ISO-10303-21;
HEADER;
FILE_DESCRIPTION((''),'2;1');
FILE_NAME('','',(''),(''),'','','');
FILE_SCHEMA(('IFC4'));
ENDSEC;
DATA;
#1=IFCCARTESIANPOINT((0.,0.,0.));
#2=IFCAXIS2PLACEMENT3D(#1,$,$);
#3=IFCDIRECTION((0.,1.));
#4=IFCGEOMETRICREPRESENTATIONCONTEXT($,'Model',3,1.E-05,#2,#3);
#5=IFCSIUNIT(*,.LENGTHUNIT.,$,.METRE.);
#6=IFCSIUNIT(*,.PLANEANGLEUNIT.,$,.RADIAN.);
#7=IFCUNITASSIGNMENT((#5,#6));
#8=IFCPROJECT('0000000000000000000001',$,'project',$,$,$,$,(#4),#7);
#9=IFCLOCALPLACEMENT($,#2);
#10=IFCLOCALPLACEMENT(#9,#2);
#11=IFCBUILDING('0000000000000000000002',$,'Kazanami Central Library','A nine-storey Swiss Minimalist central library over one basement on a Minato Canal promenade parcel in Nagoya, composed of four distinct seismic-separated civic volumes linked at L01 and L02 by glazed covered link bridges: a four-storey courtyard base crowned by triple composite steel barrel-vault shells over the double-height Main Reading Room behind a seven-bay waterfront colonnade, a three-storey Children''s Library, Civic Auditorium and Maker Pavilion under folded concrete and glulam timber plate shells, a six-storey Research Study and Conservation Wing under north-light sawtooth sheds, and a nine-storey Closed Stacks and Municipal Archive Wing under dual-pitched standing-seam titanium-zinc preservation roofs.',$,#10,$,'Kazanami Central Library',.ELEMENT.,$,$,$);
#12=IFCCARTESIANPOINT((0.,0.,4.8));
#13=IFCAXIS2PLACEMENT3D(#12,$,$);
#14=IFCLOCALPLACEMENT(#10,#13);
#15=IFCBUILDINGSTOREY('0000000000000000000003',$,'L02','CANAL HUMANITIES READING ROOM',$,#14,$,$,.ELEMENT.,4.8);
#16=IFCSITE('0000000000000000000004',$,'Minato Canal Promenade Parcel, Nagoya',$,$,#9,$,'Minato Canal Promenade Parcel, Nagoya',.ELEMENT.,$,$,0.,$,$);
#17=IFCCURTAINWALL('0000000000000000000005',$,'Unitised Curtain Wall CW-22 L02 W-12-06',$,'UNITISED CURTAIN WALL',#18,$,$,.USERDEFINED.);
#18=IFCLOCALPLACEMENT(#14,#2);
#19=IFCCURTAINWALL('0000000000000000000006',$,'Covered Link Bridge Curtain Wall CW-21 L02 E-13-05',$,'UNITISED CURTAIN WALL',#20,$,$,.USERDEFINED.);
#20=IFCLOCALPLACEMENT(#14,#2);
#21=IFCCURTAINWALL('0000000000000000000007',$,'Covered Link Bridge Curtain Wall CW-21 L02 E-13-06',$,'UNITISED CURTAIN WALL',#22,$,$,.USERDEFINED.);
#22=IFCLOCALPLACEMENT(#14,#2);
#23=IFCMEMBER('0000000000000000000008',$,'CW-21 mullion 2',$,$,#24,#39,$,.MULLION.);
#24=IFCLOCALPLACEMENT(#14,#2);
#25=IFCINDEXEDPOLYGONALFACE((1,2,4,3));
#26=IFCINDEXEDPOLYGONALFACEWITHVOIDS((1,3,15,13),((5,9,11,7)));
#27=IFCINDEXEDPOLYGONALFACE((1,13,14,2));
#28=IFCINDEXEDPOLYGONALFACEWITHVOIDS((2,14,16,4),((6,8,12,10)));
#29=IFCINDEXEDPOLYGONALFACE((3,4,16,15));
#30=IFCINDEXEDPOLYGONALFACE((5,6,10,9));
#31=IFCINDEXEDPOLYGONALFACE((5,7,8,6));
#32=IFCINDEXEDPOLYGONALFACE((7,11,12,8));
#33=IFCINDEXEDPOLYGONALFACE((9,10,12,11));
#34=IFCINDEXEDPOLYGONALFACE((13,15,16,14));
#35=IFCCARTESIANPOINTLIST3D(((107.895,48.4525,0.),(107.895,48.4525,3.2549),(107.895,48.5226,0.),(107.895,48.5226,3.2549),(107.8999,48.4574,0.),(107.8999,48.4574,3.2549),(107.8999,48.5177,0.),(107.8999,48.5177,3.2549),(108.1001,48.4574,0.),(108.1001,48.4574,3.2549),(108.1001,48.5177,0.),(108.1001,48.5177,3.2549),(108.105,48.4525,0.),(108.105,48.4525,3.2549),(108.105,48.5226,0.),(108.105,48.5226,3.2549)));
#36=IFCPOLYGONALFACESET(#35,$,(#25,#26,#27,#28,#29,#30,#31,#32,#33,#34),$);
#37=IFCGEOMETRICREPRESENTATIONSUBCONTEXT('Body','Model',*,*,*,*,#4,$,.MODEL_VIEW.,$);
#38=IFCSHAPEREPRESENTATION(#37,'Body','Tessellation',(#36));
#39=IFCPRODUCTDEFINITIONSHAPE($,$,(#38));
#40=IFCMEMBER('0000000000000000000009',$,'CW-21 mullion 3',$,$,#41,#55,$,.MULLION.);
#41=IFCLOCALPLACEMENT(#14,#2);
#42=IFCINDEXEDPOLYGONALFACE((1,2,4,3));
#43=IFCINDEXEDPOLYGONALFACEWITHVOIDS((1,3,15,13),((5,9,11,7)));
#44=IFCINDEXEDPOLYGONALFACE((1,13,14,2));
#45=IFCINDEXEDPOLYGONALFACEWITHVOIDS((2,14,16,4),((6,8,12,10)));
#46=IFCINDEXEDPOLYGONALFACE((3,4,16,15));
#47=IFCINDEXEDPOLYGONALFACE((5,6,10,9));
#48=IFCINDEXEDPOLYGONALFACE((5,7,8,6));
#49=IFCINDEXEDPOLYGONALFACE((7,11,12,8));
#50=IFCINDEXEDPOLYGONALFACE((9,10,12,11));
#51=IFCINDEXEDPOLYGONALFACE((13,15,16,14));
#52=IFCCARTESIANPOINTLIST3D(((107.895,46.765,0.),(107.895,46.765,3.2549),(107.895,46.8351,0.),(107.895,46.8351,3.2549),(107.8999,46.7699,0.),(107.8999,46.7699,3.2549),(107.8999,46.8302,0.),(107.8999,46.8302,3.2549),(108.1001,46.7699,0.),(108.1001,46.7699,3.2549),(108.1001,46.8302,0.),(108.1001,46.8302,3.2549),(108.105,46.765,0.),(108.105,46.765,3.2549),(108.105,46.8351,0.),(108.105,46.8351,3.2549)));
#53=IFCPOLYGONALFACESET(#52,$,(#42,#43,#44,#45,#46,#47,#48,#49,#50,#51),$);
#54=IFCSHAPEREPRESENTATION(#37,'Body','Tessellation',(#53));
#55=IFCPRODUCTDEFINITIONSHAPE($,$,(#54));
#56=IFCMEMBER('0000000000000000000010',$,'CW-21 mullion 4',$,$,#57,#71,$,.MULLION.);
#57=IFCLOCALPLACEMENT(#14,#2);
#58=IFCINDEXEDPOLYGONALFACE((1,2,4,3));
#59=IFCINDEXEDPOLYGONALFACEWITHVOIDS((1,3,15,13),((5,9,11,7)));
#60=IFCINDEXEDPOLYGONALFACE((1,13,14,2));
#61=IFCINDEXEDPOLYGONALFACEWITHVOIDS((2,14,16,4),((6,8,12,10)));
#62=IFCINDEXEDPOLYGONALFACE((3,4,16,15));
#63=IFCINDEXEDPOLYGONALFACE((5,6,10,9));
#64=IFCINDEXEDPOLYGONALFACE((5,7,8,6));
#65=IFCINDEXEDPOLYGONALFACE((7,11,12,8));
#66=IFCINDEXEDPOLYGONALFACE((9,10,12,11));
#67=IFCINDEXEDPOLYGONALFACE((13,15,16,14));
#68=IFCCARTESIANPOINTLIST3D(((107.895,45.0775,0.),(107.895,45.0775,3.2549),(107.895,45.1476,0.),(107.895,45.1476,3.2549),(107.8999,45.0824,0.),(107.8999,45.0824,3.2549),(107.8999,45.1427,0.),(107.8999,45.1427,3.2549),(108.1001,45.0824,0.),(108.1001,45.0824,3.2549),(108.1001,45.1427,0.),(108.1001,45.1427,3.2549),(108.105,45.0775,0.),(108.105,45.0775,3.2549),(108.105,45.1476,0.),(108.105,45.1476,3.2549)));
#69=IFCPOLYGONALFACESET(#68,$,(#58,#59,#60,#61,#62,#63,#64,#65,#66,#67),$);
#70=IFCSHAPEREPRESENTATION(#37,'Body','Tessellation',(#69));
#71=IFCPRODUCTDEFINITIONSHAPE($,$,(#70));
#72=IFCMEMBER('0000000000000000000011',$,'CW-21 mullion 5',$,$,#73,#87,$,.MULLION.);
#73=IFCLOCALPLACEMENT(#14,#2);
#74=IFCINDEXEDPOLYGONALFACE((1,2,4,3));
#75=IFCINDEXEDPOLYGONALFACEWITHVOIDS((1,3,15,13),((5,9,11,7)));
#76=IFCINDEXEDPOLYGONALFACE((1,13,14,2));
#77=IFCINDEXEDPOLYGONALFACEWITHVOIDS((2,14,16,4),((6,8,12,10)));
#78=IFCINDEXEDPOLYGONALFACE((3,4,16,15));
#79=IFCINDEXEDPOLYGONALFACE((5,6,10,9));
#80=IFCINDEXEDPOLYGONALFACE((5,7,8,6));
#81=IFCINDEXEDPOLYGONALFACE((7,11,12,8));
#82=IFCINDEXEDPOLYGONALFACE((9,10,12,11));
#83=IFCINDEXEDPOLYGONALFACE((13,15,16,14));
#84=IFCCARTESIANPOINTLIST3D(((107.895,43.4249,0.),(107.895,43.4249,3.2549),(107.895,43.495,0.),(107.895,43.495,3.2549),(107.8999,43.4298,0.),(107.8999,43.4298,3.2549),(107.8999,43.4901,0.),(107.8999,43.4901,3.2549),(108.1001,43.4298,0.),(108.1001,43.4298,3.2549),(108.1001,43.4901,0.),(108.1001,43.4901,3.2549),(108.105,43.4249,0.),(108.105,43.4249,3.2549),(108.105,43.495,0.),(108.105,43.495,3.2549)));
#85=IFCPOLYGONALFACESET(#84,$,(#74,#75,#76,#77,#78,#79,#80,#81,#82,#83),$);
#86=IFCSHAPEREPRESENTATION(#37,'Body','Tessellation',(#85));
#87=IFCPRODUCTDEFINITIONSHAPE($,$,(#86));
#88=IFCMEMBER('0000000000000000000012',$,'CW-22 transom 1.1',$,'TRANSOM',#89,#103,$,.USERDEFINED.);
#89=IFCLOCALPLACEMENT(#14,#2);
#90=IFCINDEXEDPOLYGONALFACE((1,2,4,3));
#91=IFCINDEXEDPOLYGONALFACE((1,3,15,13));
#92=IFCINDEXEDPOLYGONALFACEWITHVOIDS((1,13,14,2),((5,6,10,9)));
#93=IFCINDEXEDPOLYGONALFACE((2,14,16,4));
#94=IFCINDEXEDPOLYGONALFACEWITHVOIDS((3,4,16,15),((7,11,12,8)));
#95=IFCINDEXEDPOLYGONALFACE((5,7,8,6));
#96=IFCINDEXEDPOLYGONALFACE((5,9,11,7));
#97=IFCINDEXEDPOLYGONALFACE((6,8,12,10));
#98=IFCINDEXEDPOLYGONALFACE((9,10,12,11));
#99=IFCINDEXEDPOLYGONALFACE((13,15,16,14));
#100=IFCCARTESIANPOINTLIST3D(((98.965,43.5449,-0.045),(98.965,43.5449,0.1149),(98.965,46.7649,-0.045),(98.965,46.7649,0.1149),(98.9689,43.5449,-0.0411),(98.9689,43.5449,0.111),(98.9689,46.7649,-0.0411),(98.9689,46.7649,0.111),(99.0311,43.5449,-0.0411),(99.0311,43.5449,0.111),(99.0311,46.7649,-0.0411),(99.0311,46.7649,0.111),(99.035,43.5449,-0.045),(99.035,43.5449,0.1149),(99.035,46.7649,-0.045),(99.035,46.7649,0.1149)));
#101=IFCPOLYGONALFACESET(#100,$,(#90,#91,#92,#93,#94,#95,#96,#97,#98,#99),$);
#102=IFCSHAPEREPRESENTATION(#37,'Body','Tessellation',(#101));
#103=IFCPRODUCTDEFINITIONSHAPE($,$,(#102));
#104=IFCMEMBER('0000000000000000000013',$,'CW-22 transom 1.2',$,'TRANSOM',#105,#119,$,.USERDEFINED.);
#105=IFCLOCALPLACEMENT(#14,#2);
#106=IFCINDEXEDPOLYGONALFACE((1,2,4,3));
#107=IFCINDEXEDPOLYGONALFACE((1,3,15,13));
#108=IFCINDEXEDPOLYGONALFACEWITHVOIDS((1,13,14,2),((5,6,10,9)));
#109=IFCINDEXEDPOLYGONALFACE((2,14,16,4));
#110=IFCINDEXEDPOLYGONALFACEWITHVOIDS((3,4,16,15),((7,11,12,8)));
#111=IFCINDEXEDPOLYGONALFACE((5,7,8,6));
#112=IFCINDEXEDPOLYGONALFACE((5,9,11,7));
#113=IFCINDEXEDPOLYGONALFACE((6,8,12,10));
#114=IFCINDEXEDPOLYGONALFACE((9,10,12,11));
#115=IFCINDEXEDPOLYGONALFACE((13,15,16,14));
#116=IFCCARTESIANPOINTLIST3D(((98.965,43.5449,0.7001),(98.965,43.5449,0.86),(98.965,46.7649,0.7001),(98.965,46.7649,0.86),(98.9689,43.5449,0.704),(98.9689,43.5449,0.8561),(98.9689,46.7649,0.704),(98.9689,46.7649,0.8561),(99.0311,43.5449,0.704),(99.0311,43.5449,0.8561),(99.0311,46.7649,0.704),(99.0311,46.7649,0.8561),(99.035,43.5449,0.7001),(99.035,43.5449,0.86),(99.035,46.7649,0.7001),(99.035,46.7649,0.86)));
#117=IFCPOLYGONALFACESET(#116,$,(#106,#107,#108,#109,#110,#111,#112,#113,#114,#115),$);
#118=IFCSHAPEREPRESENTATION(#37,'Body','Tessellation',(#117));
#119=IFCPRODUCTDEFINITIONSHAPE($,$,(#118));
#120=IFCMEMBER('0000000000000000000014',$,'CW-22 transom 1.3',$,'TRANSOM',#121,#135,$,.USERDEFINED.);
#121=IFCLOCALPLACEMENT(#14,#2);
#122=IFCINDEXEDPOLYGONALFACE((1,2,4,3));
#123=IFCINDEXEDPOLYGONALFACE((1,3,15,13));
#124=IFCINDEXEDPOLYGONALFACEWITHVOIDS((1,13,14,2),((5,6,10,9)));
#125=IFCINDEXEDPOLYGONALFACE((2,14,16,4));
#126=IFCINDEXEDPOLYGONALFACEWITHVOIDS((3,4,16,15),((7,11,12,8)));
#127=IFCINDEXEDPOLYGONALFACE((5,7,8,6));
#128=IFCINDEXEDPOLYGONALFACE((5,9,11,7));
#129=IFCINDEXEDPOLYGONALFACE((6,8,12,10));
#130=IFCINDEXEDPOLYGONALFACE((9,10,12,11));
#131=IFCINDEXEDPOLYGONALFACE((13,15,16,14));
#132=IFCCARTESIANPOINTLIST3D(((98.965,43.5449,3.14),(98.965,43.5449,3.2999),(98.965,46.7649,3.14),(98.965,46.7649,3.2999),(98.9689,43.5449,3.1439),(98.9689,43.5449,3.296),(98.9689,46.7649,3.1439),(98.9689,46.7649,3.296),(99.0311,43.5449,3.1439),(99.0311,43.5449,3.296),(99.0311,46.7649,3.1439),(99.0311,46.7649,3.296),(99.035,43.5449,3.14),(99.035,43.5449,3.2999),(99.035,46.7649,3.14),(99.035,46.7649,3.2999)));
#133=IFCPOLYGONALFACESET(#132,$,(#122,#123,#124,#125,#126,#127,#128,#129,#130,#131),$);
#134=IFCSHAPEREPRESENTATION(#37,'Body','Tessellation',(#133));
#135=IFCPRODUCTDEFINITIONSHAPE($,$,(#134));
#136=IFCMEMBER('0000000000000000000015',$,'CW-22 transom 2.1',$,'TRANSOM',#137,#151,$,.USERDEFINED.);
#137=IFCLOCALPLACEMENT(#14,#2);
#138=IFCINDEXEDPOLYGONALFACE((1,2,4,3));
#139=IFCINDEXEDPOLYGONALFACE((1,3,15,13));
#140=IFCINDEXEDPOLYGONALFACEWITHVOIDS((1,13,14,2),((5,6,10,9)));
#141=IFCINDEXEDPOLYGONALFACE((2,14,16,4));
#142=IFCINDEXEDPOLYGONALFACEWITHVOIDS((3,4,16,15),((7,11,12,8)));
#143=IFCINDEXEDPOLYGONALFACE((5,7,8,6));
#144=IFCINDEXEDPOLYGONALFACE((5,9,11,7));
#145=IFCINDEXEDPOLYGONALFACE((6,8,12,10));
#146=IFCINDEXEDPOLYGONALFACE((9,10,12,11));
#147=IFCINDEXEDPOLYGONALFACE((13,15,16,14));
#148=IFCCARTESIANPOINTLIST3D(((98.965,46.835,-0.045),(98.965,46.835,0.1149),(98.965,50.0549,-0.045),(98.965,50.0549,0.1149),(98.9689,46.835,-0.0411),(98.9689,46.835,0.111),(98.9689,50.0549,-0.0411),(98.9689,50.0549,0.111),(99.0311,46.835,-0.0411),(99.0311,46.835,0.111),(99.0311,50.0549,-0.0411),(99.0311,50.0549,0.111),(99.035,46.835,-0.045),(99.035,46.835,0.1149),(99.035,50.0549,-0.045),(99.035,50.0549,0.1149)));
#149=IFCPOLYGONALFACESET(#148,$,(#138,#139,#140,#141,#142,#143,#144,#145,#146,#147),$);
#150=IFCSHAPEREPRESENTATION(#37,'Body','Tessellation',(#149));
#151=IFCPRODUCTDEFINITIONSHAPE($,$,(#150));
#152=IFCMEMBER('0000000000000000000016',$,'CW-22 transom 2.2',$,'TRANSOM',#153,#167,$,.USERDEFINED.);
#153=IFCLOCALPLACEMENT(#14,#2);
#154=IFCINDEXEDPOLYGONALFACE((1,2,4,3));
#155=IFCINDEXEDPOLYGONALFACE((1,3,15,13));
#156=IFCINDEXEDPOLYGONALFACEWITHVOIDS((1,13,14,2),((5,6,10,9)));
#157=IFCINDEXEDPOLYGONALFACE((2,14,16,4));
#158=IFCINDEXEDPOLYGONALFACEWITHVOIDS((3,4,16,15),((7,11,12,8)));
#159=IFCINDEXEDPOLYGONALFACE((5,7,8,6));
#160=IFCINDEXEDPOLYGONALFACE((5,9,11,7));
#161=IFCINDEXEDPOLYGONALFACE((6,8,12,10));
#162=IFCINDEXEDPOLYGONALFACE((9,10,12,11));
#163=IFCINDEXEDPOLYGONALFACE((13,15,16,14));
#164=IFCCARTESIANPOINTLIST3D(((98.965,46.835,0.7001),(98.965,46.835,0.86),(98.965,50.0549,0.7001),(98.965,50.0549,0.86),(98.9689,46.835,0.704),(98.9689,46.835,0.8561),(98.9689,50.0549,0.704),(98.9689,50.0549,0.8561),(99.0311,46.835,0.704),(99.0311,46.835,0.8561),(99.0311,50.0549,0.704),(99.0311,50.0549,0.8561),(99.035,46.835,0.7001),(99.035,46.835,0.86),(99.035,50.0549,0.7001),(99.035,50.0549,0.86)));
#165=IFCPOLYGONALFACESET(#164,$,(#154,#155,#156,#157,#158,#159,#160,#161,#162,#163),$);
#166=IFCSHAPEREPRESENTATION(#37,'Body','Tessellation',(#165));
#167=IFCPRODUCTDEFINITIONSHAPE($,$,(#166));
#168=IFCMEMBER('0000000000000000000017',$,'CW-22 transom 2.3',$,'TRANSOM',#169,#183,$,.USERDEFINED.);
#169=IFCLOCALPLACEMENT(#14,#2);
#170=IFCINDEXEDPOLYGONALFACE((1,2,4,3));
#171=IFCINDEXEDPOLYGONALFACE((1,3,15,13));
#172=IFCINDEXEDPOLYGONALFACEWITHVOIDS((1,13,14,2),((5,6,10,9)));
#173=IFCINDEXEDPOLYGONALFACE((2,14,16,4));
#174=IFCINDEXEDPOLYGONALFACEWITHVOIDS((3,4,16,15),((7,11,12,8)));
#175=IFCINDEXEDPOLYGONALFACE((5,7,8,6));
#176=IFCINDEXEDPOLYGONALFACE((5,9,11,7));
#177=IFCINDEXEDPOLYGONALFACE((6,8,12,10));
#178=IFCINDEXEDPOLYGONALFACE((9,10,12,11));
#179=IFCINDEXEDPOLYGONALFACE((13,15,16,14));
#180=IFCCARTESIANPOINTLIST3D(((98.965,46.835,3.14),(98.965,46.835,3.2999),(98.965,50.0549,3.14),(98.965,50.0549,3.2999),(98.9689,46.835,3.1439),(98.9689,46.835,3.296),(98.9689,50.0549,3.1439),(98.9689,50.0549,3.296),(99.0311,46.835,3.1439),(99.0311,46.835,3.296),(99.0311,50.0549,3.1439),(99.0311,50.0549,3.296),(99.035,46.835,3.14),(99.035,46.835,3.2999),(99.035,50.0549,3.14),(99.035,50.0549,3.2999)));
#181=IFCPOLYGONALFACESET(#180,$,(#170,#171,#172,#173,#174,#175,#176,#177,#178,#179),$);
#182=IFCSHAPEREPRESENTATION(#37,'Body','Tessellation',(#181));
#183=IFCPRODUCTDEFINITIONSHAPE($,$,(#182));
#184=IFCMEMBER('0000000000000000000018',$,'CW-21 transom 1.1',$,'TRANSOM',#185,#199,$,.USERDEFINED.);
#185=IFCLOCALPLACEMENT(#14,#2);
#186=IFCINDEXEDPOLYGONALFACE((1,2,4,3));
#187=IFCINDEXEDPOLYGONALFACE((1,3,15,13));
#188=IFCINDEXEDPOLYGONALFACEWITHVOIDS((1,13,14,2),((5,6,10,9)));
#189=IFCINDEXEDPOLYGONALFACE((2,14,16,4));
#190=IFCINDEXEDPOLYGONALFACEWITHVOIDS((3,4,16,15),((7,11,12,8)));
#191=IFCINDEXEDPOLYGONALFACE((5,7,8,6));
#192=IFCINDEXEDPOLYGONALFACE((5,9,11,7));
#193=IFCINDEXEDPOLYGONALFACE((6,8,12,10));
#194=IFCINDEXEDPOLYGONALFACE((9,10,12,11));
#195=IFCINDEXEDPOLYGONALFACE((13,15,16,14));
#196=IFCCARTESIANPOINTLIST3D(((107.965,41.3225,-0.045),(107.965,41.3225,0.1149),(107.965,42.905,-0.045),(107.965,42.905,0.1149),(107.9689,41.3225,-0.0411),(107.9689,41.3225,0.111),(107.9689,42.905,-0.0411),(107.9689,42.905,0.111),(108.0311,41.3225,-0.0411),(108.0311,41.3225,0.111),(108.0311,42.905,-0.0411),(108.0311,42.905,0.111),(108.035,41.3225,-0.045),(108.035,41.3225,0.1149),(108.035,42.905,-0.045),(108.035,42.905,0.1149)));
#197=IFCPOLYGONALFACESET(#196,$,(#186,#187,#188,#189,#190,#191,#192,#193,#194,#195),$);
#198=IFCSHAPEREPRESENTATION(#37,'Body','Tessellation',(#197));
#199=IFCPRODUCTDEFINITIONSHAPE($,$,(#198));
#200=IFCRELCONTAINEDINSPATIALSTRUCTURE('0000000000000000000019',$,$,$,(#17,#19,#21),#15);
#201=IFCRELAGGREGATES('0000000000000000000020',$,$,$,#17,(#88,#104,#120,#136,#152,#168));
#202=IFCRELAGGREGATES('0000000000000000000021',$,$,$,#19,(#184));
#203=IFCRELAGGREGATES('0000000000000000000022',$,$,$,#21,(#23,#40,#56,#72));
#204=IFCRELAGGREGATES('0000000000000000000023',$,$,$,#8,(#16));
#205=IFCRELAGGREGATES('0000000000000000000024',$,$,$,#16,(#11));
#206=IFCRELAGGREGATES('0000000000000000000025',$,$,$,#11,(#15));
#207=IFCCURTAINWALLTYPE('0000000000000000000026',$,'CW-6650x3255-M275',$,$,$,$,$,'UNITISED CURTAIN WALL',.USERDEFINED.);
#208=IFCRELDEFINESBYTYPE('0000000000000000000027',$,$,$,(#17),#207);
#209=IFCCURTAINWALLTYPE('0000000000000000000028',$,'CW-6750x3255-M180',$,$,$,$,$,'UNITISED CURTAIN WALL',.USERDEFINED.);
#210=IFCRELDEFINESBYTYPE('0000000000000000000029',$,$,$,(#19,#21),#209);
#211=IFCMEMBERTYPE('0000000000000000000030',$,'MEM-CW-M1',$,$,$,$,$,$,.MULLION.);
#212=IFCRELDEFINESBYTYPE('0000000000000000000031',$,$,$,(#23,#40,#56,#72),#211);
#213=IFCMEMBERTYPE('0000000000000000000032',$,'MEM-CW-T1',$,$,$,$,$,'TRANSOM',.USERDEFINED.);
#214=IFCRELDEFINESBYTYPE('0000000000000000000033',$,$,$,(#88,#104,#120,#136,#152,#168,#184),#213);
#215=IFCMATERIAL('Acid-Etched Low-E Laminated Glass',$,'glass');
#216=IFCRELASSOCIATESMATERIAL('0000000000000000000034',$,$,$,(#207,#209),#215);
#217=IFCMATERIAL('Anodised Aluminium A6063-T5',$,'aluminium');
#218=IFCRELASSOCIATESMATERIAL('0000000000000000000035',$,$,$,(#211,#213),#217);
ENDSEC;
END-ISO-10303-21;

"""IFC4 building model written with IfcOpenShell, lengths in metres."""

from ifc_helpers import new_model, si_unit, direction, frame, origin, origin_2d, place, context, subcontext, project, spatial, hollow_rectangle, extrude, material, material_profile, profile_set, type_object, element, aggregate, save


model = new_model("IFC4")

# Units and contexts
model_context = context("Model", 3, precision=1e-05, world=origin(), true_north=direction((0.0, 1.0)))
body_context = subcontext(model_context, "Body", "Model", "MODEL_VIEW")
ifc_project = project(units=[si_unit("LENGTHUNIT", "METRE"), si_unit("PLANEANGLEUNIT", "RADIAN")], contexts=[model_context])

# Site, building, storey
site_placement = place(None, origin())
site = spatial("IfcSite", under=ifc_project, at=site_placement, Name="Minato Canal Promenade Parcel, Nagoya", LongName="Minato Canal Promenade Parcel, Nagoya", CompositionType="ELEMENT", RefElevation=0.0)
building_placement = place(site_placement, origin())
building = spatial("IfcBuilding", under=site, at=building_placement, Name="Kazanami Central Library", Description="A nine-storey Swiss Minimalist central library over one basement on a Minato Canal promenade parcel in Nagoya, composed of four distinct seismic-separated civic volumes linked at L01 and L02 by glazed covered link bridges: a four-storey courtyard base crowned by triple composite steel barrel-vault shells over the double-height Main Reading Room behind a seven-bay waterfront colonnade, a three-storey Children's Library, Civic Auditorium and Maker Pavilion under folded concrete and glulam timber plate shells, a six-storey Research Study and Conservation Wing under north-light sawtooth sheds, and a nine-storey Closed Stacks and Municipal Archive Wing under dual-pitched standing-seam titanium-zinc preservation roofs.", LongName="Kazanami Central Library", CompositionType="ELEMENT")
storey_placement = place(building_placement, frame((0.0, 0.0, 4.8)))
storey = spatial("IfcBuildingStorey", under=building, at=storey_placement, Name="L02", Description="CANAL HUMANITIES READING ROOM", CompositionType="ELEMENT", Elevation=4.8)

# Curtain walls, members
ifc_material_1 = material(Name="Acid-Etched Low-E Laminated Glass", Category="glass")
curtain_wall_type_1 = type_object("IfcCurtainWallType", Name="CW-6650x3255-M275", ElementType="UNITISED CURTAIN WALL", PredefinedType="USERDEFINED", material=ifc_material_1)
curtain_wall_1_placement = place(storey_placement, origin())
curtain_wall_1 = element("IfcCurtainWall", 1, at=curtain_wall_1_placement, inside=storey, type_object=curtain_wall_type_1, Name="Unitised Curtain Wall CW-22 L02 W-12-06", ObjectType="UNITISED CURTAIN WALL", PredefinedType="USERDEFINED")
ifc_material_2 = material(Name="Anodised Aluminium A6063-T5", Category="aluminium")
ifc_material_profile_1 = material_profile(ifc_material_2, hollow_rectangle(XDim=0.0701, YDim=0.21, WallThickness=0.0049, at=origin_2d()), Name="ALU-MULL-70x210x5")
ifc_profile_set_1 = profile_set([ifc_material_profile_1], Name="Anodised Aluminium A6063-T5")
member_type_1 = type_object("IfcMemberType", Name="MEM-CW-M1", PredefinedType="MULLION", material=ifc_profile_set_1)
curtain_wall_type_2 = type_object("IfcCurtainWallType", Name="CW-6750x3255-M180", ElementType="UNITISED CURTAIN WALL", PredefinedType="USERDEFINED", material=ifc_material_1)
curtain_wall_2_placement = place(storey_placement, origin())
curtain_wall_2 = element("IfcCurtainWall", 2, at=curtain_wall_2_placement, inside=storey, type_object=curtain_wall_type_2, Name="Covered Link Bridge Curtain Wall CW-21 L02 E-13-05", ObjectType="UNITISED CURTAIN WALL", PredefinedType="USERDEFINED")
curtain_wall_3_placement = place(storey_placement, origin())
curtain_wall_3 = element("IfcCurtainWall", 3, at=curtain_wall_3_placement, inside=storey, type_object=curtain_wall_type_2, Name="Covered Link Bridge Curtain Wall CW-21 L02 E-13-06", ObjectType="UNITISED CURTAIN WALL", PredefinedType="USERDEFINED")
member_1_placement = place(storey_placement, frame((108.0, 48.4875, 0.0), z_axis=(0.0, 0.0, 1.0), x_axis=(0.0, -1.0, 0.0)))
member_1 = element("IfcMember", 4, at=member_1_placement, type_object=member_type_1, Name="CW-21 mullion 2", PredefinedType="MULLION", context=body_context, shape_type="SweptSolid", body=[
    extrude(hollow_rectangle(XDim=0.0701, YDim=0.21, WallThickness=0.0049, at=origin_2d()), origin(), (0.0, 0.0, 1.0), 3.2549),
])
member_2_placement = place(storey_placement, frame((108.0, 46.8, 0.0), z_axis=(0.0, 0.0, 1.0), x_axis=(0.0, -1.0, 0.0)))
member_2 = element("IfcMember", 5, at=member_2_placement, type_object=member_type_1, Name="CW-21 mullion 3", PredefinedType="MULLION", context=body_context, shape_type="SweptSolid", body=[
    extrude(hollow_rectangle(XDim=0.0701, YDim=0.21, WallThickness=0.0049, at=origin_2d()), origin(), (0.0, 0.0, 1.0), 3.2549),
])
member_3_placement = place(storey_placement, frame((108.0, 45.1125, 0.0), z_axis=(0.0, 0.0, 1.0), x_axis=(0.0, -1.0, 0.0)))
member_3 = element("IfcMember", 6, at=member_3_placement, type_object=member_type_1, Name="CW-21 mullion 4", PredefinedType="MULLION", context=body_context, shape_type="SweptSolid", body=[
    extrude(hollow_rectangle(XDim=0.0701, YDim=0.21, WallThickness=0.0049, at=origin_2d()), origin(), (0.0, 0.0, 1.0), 3.2549),
])
member_4_placement = place(storey_placement, frame((108.0, 43.46, 0.0), z_axis=(0.0, 0.0, 1.0), x_axis=(0.0, -1.0, 0.0)))
member_4 = element("IfcMember", 7, at=member_4_placement, type_object=member_type_1, Name="CW-21 mullion 5", PredefinedType="MULLION", context=body_context, shape_type="SweptSolid", body=[
    extrude(hollow_rectangle(XDim=0.0701, YDim=0.21, WallThickness=0.0049, at=origin_2d()), origin(), (0.0, 0.0, 1.0), 3.2549),
])

# Members
ifc_material_profile_2 = material_profile(ifc_material_2, hollow_rectangle(XDim=0.0701, YDim=0.1599, WallThickness=0.0039, at=origin_2d()), Name="ALU-TRAN-70x160x4")
ifc_profile_set_2 = profile_set([ifc_material_profile_2], Name="Anodised Aluminium A6063-T5")
member_type_2 = type_object("IfcMemberType", Name="MEM-CW-T1", ElementType="TRANSOM", PredefinedType="USERDEFINED", material=ifc_profile_set_2)
member_5_placement = place(storey_placement, frame((99.0, 43.5449, 0.0349), z_axis=(0.0, 1.0, 0.0), x_axis=(-1.0, 0.0, 0.0)))
member_5 = element("IfcMember", 8, at=member_5_placement, type_object=member_type_2, Name="CW-22 transom 1.1", ObjectType="TRANSOM", PredefinedType="USERDEFINED", context=body_context, shape_type="SweptSolid", body=[
    extrude(hollow_rectangle(XDim=0.0701, YDim=0.1599, WallThickness=0.0039, at=origin_2d()), origin(), (0.0, 0.0, 1.0), 3.22),
])
member_6_placement = place(storey_placement, frame((99.0, 43.5449, 0.78), z_axis=(0.0, 1.0, 0.0), x_axis=(-1.0, 0.0, 0.0)))
member_6 = element("IfcMember", 9, at=member_6_placement, type_object=member_type_2, Name="CW-22 transom 1.2", ObjectType="TRANSOM", PredefinedType="USERDEFINED", context=body_context, shape_type="SweptSolid", body=[
    extrude(hollow_rectangle(XDim=0.0701, YDim=0.1599, WallThickness=0.0039, at=origin_2d()), origin(), (0.0, 0.0, 1.0), 3.22),
])
member_7_placement = place(storey_placement, frame((99.0, 43.5449, 3.22), z_axis=(0.0, 1.0, 0.0), x_axis=(-1.0, 0.0, 0.0)))
member_7 = element("IfcMember", 10, at=member_7_placement, type_object=member_type_2, Name="CW-22 transom 1.3", ObjectType="TRANSOM", PredefinedType="USERDEFINED", context=body_context, shape_type="SweptSolid", body=[
    extrude(hollow_rectangle(XDim=0.0701, YDim=0.1599, WallThickness=0.0039, at=origin_2d()), origin(), (0.0, 0.0, 1.0), 3.22),
])
member_8_placement = place(storey_placement, frame((99.0, 46.835, 0.0349), z_axis=(0.0, 1.0, 0.0), x_axis=(-1.0, 0.0, 0.0)))
member_8 = element("IfcMember", 11, at=member_8_placement, type_object=member_type_2, Name="CW-22 transom 2.1", ObjectType="TRANSOM", PredefinedType="USERDEFINED", context=body_context, shape_type="SweptSolid", body=[
    extrude(hollow_rectangle(XDim=0.0701, YDim=0.1599, WallThickness=0.0039, at=origin_2d()), origin(), (0.0, 0.0, 1.0), 3.22),
])
member_9_placement = place(storey_placement, frame((99.0, 46.835, 0.78), z_axis=(0.0, 1.0, 0.0), x_axis=(-1.0, 0.0, 0.0)))
member_9 = element("IfcMember", 12, at=member_9_placement, type_object=member_type_2, Name="CW-22 transom 2.2", ObjectType="TRANSOM", PredefinedType="USERDEFINED", context=body_context, shape_type="SweptSolid", body=[
    extrude(hollow_rectangle(XDim=0.0701, YDim=0.1599, WallThickness=0.0039, at=origin_2d()), origin(), (0.0, 0.0, 1.0), 3.22),
])
member_10_placement = place(storey_placement, frame((99.0, 46.835, 3.22), z_axis=(0.0, 1.0, 0.0), x_axis=(-1.0, 0.0, 0.0)))
member_10 = element("IfcMember", 13, at=member_10_placement, type_object=member_type_2, Name="CW-22 transom 2.3", ObjectType="TRANSOM", PredefinedType="USERDEFINED", context=body_context, shape_type="SweptSolid", body=[
    extrude(hollow_rectangle(XDim=0.0701, YDim=0.1599, WallThickness=0.0039, at=origin_2d()), origin(), (0.0, 0.0, 1.0), 3.22),
])
member_11_placement = place(storey_placement, frame((108.0, 42.905, 0.0349), z_axis=(0.0, -1.0, 0.0), x_axis=(1.0, 0.0, 0.0)))
member_11 = element("IfcMember", 14, at=member_11_placement, type_object=member_type_2, Name="CW-21 transom 1.1", ObjectType="TRANSOM", PredefinedType="USERDEFINED", context=body_context, shape_type="SweptSolid", body=[
    extrude(hollow_rectangle(XDim=0.0701, YDim=0.1599, WallThickness=0.0039, at=origin_2d()), origin(), (0.0, 0.0, 1.0), 1.5825),
])

aggregate(curtain_wall_1, [member_5, member_6, member_7, member_8, member_9, member_10])
aggregate(curtain_wall_2, [member_11])
aggregate(curtain_wall_3, [member_1, member_2, member_3, member_4])

save(model, "model.ifc")
